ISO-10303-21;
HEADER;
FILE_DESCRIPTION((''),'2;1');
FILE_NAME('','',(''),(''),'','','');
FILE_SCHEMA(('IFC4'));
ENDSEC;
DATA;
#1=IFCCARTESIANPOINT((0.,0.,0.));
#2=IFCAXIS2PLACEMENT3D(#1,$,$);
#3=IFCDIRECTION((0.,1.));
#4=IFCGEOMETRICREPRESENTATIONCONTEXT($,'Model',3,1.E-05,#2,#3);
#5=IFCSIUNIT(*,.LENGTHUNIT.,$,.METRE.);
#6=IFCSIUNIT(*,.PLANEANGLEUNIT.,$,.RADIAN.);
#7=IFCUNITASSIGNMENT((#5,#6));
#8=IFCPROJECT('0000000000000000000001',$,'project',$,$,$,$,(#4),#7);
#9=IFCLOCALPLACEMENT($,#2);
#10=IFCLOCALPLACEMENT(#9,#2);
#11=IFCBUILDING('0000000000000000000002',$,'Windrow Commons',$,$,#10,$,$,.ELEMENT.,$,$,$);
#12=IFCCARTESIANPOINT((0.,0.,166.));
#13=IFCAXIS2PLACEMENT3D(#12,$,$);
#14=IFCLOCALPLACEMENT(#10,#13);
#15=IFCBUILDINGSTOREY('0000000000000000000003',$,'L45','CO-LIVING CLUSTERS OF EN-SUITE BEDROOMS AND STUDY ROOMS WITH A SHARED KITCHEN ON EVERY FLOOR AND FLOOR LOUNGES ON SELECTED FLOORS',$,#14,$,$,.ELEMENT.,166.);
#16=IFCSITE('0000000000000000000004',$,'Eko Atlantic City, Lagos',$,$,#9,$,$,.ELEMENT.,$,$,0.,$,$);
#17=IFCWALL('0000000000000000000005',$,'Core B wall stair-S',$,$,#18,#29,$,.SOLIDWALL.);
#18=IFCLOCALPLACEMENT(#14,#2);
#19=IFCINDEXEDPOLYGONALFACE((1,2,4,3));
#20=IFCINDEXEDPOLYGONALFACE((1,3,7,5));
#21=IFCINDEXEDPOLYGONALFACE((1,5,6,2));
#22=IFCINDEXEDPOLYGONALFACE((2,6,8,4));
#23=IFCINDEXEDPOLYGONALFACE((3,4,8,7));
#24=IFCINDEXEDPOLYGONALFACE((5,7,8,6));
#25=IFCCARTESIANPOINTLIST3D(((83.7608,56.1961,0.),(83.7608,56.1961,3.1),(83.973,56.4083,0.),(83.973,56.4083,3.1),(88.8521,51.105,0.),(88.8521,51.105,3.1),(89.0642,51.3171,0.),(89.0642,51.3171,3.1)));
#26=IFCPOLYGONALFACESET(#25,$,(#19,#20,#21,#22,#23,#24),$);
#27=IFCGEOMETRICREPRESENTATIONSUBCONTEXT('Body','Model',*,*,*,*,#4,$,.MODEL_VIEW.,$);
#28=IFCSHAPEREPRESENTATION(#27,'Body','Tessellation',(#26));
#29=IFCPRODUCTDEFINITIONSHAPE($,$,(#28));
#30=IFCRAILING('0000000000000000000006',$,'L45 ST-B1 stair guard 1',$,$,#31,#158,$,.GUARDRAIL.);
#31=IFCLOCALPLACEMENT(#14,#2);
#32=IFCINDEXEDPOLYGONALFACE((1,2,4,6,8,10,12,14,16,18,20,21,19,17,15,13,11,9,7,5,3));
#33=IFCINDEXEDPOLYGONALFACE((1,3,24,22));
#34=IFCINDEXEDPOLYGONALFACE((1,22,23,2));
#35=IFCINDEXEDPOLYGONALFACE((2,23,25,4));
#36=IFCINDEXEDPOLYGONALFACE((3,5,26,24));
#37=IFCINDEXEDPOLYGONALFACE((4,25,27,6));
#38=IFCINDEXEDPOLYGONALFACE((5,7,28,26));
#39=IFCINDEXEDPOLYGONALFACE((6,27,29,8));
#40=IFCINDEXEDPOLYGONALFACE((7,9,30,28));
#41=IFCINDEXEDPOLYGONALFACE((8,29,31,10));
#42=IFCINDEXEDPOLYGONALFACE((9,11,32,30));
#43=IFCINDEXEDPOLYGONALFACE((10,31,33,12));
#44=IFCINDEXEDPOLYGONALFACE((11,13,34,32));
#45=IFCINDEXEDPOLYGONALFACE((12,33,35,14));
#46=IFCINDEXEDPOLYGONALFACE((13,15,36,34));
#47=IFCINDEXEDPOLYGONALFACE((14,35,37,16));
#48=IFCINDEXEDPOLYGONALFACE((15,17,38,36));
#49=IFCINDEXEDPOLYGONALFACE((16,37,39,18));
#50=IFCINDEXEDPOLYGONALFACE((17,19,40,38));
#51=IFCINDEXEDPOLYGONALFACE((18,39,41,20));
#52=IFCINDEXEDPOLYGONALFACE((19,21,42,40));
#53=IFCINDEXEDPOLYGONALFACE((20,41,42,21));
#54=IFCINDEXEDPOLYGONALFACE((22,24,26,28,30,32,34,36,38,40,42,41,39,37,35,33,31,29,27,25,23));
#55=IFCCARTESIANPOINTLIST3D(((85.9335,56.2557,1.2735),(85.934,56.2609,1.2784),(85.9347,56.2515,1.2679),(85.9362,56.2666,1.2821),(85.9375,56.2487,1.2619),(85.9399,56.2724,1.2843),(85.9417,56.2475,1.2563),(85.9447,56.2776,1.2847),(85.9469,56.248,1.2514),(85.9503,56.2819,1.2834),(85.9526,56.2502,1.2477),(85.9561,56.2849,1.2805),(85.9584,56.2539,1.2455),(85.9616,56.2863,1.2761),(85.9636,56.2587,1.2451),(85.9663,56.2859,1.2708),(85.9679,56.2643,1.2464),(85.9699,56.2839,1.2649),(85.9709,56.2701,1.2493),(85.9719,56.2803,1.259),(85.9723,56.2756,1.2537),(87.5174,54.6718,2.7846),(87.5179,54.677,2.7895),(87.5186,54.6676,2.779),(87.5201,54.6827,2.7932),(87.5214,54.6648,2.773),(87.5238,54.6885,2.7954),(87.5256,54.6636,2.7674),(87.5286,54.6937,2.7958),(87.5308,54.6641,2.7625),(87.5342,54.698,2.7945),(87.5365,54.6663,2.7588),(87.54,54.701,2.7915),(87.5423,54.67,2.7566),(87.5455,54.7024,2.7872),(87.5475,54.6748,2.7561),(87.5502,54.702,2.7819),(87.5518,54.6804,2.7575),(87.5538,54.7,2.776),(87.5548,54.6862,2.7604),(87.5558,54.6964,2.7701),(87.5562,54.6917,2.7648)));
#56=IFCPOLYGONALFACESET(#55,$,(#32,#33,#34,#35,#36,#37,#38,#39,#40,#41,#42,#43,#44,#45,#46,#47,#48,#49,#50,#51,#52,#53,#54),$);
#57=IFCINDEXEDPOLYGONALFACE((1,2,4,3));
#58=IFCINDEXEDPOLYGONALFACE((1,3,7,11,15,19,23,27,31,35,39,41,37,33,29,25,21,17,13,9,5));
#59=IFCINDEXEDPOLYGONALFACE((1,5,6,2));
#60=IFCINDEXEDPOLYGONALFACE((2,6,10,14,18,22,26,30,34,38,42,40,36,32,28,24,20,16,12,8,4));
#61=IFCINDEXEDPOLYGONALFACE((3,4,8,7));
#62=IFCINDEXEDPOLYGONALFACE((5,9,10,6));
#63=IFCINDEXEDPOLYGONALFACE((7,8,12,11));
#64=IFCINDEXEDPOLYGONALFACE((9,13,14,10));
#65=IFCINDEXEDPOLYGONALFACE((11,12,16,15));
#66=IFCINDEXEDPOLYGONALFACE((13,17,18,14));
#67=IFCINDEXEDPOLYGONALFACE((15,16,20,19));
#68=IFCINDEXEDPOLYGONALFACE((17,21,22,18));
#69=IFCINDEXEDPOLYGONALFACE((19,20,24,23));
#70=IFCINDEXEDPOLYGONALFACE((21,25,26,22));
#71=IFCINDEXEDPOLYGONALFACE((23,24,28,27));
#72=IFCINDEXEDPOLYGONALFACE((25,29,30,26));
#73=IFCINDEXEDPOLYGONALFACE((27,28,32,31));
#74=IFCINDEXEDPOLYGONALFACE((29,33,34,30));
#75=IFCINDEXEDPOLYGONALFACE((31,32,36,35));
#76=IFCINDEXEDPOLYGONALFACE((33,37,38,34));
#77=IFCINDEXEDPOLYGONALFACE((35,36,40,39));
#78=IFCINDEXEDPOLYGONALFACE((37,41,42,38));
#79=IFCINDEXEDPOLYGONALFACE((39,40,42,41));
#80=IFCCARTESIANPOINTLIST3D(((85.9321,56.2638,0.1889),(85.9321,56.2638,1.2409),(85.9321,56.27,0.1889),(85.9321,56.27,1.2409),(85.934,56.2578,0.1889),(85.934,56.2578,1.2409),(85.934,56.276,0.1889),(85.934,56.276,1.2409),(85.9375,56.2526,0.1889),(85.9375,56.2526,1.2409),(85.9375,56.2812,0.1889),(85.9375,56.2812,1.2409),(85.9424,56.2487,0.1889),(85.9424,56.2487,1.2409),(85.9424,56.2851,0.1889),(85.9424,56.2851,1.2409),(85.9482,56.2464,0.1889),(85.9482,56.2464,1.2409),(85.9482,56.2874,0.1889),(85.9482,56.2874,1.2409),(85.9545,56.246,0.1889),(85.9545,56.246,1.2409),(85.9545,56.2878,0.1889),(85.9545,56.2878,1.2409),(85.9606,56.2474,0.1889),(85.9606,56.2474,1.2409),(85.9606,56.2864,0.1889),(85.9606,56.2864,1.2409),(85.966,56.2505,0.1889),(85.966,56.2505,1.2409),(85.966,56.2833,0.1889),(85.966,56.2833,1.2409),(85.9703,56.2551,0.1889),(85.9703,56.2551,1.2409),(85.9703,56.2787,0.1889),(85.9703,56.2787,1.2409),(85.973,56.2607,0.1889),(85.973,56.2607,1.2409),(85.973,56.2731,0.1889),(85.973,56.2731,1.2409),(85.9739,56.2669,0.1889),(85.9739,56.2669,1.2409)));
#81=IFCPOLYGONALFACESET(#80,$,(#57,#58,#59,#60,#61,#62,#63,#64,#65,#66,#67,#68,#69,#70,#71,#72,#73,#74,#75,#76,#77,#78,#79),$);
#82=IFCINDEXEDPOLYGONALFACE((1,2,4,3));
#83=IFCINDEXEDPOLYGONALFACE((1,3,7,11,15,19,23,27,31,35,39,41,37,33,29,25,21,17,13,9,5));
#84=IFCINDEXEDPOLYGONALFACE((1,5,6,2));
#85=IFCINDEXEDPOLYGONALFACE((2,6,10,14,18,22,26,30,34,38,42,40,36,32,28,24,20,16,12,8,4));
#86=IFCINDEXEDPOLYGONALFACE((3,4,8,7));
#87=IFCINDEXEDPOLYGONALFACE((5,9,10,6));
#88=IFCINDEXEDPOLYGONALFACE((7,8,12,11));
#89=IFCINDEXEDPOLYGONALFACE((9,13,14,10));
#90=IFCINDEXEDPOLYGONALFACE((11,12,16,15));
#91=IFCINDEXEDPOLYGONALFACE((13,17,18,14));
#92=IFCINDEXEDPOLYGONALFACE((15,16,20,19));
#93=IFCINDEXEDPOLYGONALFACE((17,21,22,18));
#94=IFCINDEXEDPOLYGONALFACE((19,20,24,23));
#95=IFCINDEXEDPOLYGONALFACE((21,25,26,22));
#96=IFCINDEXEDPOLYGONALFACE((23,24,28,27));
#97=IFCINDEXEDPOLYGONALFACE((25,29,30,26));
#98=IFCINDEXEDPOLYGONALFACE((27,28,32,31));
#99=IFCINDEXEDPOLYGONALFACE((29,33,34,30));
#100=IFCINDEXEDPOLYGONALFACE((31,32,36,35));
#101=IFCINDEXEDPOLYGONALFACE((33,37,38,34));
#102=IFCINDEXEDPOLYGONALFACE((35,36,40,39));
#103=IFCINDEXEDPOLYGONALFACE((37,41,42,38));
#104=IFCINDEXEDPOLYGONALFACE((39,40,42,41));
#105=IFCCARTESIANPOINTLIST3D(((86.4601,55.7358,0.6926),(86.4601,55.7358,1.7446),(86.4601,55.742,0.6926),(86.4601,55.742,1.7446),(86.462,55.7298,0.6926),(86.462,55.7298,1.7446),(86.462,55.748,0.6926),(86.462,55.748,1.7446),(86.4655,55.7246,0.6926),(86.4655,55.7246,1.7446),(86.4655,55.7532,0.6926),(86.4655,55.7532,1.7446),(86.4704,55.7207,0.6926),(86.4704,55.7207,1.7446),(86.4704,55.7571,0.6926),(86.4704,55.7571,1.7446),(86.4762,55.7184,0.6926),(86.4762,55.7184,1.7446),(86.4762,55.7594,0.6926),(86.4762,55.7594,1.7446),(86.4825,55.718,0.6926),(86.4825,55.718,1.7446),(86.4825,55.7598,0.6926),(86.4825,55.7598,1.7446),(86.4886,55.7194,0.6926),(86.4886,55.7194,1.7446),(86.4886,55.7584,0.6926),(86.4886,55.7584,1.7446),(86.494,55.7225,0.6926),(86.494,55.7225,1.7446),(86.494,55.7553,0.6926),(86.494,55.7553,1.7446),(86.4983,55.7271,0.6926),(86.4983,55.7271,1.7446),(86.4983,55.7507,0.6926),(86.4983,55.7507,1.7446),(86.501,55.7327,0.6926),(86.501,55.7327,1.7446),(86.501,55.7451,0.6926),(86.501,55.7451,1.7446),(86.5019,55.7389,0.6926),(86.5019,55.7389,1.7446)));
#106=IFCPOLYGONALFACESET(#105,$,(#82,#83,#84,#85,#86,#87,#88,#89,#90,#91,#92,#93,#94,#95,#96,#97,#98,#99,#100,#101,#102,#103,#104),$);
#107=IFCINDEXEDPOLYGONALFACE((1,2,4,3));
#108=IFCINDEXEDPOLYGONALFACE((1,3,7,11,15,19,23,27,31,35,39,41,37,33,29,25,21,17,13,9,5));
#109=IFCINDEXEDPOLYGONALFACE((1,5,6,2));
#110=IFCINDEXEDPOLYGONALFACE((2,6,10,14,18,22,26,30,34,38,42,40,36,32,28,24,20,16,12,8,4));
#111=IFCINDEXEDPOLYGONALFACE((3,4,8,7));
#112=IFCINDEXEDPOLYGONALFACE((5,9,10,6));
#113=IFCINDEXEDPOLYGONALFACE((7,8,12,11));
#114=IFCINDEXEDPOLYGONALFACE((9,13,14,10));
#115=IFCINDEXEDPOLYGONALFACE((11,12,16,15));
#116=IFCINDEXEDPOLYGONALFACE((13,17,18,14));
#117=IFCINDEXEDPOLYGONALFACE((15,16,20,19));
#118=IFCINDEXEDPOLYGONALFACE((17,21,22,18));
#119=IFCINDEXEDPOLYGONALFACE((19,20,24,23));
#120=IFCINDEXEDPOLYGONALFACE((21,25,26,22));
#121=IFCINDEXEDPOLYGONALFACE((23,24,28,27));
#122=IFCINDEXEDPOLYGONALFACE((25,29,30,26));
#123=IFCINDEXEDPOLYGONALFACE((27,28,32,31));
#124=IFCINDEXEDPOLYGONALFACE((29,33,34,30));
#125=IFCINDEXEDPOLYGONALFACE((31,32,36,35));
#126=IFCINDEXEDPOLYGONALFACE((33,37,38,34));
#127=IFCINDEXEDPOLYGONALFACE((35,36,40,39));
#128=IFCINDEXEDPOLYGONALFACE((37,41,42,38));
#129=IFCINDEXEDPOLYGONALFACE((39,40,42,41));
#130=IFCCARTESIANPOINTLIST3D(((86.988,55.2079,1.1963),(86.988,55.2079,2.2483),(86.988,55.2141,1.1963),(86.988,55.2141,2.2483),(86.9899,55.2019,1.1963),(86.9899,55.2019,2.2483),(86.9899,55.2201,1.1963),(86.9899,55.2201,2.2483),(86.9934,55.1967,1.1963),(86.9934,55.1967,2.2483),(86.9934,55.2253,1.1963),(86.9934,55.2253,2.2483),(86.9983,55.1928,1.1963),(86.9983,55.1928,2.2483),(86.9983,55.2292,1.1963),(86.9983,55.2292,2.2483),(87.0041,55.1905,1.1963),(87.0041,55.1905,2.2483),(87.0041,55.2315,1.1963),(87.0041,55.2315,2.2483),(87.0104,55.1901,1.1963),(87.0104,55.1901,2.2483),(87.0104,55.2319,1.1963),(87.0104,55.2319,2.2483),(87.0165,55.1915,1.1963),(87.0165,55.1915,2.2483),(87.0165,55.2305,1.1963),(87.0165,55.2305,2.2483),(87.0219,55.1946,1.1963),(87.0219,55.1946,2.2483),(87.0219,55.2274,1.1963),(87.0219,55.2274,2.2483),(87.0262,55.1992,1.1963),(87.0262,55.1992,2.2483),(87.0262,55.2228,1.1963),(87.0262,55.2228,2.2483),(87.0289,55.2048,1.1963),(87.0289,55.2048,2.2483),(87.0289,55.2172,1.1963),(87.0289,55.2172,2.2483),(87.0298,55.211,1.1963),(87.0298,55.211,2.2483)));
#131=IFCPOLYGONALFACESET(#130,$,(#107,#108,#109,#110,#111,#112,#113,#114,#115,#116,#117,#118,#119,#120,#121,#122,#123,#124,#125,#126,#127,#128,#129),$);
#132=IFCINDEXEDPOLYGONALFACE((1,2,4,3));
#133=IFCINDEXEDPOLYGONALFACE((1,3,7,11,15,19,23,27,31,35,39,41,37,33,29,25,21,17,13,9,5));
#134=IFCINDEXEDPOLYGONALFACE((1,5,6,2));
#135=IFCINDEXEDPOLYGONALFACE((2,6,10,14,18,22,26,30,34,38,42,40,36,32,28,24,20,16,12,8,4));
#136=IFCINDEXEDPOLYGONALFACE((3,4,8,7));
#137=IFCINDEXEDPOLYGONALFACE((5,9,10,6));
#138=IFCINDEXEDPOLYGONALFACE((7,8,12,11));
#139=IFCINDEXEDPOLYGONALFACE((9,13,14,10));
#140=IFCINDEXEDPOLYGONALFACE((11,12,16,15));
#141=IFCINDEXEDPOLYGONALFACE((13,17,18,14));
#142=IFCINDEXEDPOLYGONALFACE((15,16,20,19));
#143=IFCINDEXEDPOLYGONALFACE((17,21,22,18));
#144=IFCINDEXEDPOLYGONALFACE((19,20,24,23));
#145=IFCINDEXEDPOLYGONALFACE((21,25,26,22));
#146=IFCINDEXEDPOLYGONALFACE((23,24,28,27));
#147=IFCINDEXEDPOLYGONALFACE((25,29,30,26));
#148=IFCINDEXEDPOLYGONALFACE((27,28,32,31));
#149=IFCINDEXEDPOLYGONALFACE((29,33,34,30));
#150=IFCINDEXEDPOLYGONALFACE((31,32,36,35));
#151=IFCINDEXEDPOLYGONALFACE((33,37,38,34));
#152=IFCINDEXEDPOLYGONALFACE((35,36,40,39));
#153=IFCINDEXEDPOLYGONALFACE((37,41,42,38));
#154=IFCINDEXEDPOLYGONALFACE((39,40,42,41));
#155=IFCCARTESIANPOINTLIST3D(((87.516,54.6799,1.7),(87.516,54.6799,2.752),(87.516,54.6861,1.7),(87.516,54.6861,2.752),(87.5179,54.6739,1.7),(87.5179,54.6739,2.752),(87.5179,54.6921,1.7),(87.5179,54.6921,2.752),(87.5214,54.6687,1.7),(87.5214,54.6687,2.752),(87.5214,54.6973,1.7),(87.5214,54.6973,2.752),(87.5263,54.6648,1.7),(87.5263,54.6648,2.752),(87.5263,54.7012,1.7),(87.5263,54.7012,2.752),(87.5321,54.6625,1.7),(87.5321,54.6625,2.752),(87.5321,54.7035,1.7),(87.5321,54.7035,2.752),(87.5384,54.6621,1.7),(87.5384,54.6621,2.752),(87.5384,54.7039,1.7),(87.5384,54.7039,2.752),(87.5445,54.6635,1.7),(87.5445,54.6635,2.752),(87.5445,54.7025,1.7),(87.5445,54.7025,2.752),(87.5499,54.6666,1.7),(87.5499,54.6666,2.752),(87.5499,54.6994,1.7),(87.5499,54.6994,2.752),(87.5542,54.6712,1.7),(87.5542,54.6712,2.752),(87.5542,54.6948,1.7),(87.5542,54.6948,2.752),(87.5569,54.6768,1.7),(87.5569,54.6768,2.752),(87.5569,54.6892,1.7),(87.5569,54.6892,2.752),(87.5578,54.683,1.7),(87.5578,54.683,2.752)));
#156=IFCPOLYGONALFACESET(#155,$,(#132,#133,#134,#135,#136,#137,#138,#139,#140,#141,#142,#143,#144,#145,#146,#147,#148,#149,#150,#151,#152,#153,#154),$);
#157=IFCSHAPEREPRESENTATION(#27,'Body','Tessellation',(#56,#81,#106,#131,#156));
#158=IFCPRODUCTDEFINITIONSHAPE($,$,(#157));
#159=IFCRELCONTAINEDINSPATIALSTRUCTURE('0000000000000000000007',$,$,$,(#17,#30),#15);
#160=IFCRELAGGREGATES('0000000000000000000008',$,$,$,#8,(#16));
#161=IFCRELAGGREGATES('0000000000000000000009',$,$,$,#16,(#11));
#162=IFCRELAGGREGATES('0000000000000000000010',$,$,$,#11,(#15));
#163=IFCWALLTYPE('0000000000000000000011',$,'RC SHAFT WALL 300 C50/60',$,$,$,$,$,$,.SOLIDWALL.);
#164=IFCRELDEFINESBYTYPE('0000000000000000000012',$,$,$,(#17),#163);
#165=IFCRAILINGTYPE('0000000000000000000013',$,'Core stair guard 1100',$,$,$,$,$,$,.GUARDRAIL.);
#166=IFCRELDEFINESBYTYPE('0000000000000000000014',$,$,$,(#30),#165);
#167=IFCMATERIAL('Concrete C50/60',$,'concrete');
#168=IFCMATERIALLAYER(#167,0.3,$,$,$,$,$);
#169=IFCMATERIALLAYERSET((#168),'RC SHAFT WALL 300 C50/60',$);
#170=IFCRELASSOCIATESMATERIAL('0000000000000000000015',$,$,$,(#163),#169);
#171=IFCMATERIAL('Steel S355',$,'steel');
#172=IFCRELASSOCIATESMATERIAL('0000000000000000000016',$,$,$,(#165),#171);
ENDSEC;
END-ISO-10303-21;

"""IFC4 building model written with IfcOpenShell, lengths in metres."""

from ifc_helpers import new_model, si_unit, direction, frame, frame_2d, origin, origin_2d, place, context, subcontext, project, spatial, rectangle, circle, extrude, material, layer, layer_set, type_object, element, save


model = new_model("IFC4")

# Units and contexts
model_context = context("Model", 3, precision=1e-05, world=origin(), true_north=direction((0.0, 1.0)))
body_context = subcontext(model_context, "Body", "Model", "MODEL_VIEW")
ifc_project = project(units=[si_unit("LENGTHUNIT", "METRE"), si_unit("PLANEANGLEUNIT", "RADIAN")], contexts=[model_context])

# Site, building, storey
site_placement = place(None, origin())
site = spatial("IfcSite", under=ifc_project, at=site_placement, Name="Eko Atlantic City, Lagos", CompositionType="ELEMENT", RefElevation=0.0)
building_placement = place(site_placement, origin())
building = spatial("IfcBuilding", under=site, at=building_placement, Name="Windrow Commons", CompositionType="ELEMENT")
storey_placement = place(building_placement, frame((0.0, 0.0, 166.0)))
storey = spatial("IfcBuildingStorey", under=building, at=storey_placement, Name="L45", Description="CO-LIVING CLUSTERS OF EN-SUITE BEDROOMS AND STUDY ROOMS WITH A SHARED KITCHEN ON EVERY FLOOR AND FLOOR LOUNGES ON SELECTED FLOORS", CompositionType="ELEMENT", Elevation=166.0)

# Wall
ifc_material_1 = material(Name="Concrete C50/60", Category="concrete")
ifc_layer_1 = layer(ifc_material_1, 0.3)
ifc_layer_set_1 = layer_set([ifc_layer_1], Name="RC SHAFT WALL 300 C50/60")
wall_type_1 = type_object("IfcWallType", Name="RC SHAFT WALL 300 C50/60", PredefinedType="SOLIDWALL", material=ifc_layer_set_1)
wall_1_placement = place(storey_placement, frame((83.8669, 56.3022, 0.0), z_axis=(0.0, 0.0, 1.0), x_axis=(0.707114, -0.7071, 0.0)))
element("IfcWall", 1, at=wall_1_placement, inside=storey, type_object=wall_type_1, Name="Core B wall stair-S", PredefinedType="SOLIDWALL", context=body_context, shape_type="SweptSolid", body=[
    extrude(rectangle(XDim=7.2, YDim=0.3, at=frame_2d((3.6, 0.0))), origin(), (0.0, 0.0, 1.0), 3.1),
])

# Railing
ifc_material_2 = material(Name="Steel S355", Category="steel")
railing_type = type_object("IfcRailingType", Name="Core stair guard 1100", PredefinedType="GUARDRAIL", material=ifc_material_2)
railing_1_placement = place(storey_placement, frame((85.9529, 56.2669, 0.1889)))
element("IfcRailing", 2, at=railing_1_placement, inside=storey, type_object=railing_type, Name="L45 ST-B1 stair guard 1", PredefinedType="GUARDRAIL", context=body_context, shape_type="SweptSolid", body=[
    extrude(circle(Radius=0.024, at=origin_2d()), frame((0.0, 0.0, 1.076), z_axis=(0.586191, -0.586191, 0.559249), x_axis=(0.707107, 0.707107, 0.0)), (0.0, 0.0, 1.0), 2.702),
    extrude(circle(Radius=0.021, at=origin_2d()), origin(), (0.0, 0.0, 1.0), 1.052),
    extrude(circle(Radius=0.021, at=origin_2d()), frame((0.528, -0.528, 0.5037)), (0.0, 0.0, 1.0), 1.052),
    extrude(circle(Radius=0.021, at=origin_2d()), frame((1.0559, -1.0559, 1.0074)), (0.0, 0.0, 1.0), 1.052),
    extrude(circle(Radius=0.021, at=origin_2d()), frame((1.5839, -1.5839, 1.5111)), (0.0, 0.0, 1.0), 1.052),
])

save(model, "model.ifc")
